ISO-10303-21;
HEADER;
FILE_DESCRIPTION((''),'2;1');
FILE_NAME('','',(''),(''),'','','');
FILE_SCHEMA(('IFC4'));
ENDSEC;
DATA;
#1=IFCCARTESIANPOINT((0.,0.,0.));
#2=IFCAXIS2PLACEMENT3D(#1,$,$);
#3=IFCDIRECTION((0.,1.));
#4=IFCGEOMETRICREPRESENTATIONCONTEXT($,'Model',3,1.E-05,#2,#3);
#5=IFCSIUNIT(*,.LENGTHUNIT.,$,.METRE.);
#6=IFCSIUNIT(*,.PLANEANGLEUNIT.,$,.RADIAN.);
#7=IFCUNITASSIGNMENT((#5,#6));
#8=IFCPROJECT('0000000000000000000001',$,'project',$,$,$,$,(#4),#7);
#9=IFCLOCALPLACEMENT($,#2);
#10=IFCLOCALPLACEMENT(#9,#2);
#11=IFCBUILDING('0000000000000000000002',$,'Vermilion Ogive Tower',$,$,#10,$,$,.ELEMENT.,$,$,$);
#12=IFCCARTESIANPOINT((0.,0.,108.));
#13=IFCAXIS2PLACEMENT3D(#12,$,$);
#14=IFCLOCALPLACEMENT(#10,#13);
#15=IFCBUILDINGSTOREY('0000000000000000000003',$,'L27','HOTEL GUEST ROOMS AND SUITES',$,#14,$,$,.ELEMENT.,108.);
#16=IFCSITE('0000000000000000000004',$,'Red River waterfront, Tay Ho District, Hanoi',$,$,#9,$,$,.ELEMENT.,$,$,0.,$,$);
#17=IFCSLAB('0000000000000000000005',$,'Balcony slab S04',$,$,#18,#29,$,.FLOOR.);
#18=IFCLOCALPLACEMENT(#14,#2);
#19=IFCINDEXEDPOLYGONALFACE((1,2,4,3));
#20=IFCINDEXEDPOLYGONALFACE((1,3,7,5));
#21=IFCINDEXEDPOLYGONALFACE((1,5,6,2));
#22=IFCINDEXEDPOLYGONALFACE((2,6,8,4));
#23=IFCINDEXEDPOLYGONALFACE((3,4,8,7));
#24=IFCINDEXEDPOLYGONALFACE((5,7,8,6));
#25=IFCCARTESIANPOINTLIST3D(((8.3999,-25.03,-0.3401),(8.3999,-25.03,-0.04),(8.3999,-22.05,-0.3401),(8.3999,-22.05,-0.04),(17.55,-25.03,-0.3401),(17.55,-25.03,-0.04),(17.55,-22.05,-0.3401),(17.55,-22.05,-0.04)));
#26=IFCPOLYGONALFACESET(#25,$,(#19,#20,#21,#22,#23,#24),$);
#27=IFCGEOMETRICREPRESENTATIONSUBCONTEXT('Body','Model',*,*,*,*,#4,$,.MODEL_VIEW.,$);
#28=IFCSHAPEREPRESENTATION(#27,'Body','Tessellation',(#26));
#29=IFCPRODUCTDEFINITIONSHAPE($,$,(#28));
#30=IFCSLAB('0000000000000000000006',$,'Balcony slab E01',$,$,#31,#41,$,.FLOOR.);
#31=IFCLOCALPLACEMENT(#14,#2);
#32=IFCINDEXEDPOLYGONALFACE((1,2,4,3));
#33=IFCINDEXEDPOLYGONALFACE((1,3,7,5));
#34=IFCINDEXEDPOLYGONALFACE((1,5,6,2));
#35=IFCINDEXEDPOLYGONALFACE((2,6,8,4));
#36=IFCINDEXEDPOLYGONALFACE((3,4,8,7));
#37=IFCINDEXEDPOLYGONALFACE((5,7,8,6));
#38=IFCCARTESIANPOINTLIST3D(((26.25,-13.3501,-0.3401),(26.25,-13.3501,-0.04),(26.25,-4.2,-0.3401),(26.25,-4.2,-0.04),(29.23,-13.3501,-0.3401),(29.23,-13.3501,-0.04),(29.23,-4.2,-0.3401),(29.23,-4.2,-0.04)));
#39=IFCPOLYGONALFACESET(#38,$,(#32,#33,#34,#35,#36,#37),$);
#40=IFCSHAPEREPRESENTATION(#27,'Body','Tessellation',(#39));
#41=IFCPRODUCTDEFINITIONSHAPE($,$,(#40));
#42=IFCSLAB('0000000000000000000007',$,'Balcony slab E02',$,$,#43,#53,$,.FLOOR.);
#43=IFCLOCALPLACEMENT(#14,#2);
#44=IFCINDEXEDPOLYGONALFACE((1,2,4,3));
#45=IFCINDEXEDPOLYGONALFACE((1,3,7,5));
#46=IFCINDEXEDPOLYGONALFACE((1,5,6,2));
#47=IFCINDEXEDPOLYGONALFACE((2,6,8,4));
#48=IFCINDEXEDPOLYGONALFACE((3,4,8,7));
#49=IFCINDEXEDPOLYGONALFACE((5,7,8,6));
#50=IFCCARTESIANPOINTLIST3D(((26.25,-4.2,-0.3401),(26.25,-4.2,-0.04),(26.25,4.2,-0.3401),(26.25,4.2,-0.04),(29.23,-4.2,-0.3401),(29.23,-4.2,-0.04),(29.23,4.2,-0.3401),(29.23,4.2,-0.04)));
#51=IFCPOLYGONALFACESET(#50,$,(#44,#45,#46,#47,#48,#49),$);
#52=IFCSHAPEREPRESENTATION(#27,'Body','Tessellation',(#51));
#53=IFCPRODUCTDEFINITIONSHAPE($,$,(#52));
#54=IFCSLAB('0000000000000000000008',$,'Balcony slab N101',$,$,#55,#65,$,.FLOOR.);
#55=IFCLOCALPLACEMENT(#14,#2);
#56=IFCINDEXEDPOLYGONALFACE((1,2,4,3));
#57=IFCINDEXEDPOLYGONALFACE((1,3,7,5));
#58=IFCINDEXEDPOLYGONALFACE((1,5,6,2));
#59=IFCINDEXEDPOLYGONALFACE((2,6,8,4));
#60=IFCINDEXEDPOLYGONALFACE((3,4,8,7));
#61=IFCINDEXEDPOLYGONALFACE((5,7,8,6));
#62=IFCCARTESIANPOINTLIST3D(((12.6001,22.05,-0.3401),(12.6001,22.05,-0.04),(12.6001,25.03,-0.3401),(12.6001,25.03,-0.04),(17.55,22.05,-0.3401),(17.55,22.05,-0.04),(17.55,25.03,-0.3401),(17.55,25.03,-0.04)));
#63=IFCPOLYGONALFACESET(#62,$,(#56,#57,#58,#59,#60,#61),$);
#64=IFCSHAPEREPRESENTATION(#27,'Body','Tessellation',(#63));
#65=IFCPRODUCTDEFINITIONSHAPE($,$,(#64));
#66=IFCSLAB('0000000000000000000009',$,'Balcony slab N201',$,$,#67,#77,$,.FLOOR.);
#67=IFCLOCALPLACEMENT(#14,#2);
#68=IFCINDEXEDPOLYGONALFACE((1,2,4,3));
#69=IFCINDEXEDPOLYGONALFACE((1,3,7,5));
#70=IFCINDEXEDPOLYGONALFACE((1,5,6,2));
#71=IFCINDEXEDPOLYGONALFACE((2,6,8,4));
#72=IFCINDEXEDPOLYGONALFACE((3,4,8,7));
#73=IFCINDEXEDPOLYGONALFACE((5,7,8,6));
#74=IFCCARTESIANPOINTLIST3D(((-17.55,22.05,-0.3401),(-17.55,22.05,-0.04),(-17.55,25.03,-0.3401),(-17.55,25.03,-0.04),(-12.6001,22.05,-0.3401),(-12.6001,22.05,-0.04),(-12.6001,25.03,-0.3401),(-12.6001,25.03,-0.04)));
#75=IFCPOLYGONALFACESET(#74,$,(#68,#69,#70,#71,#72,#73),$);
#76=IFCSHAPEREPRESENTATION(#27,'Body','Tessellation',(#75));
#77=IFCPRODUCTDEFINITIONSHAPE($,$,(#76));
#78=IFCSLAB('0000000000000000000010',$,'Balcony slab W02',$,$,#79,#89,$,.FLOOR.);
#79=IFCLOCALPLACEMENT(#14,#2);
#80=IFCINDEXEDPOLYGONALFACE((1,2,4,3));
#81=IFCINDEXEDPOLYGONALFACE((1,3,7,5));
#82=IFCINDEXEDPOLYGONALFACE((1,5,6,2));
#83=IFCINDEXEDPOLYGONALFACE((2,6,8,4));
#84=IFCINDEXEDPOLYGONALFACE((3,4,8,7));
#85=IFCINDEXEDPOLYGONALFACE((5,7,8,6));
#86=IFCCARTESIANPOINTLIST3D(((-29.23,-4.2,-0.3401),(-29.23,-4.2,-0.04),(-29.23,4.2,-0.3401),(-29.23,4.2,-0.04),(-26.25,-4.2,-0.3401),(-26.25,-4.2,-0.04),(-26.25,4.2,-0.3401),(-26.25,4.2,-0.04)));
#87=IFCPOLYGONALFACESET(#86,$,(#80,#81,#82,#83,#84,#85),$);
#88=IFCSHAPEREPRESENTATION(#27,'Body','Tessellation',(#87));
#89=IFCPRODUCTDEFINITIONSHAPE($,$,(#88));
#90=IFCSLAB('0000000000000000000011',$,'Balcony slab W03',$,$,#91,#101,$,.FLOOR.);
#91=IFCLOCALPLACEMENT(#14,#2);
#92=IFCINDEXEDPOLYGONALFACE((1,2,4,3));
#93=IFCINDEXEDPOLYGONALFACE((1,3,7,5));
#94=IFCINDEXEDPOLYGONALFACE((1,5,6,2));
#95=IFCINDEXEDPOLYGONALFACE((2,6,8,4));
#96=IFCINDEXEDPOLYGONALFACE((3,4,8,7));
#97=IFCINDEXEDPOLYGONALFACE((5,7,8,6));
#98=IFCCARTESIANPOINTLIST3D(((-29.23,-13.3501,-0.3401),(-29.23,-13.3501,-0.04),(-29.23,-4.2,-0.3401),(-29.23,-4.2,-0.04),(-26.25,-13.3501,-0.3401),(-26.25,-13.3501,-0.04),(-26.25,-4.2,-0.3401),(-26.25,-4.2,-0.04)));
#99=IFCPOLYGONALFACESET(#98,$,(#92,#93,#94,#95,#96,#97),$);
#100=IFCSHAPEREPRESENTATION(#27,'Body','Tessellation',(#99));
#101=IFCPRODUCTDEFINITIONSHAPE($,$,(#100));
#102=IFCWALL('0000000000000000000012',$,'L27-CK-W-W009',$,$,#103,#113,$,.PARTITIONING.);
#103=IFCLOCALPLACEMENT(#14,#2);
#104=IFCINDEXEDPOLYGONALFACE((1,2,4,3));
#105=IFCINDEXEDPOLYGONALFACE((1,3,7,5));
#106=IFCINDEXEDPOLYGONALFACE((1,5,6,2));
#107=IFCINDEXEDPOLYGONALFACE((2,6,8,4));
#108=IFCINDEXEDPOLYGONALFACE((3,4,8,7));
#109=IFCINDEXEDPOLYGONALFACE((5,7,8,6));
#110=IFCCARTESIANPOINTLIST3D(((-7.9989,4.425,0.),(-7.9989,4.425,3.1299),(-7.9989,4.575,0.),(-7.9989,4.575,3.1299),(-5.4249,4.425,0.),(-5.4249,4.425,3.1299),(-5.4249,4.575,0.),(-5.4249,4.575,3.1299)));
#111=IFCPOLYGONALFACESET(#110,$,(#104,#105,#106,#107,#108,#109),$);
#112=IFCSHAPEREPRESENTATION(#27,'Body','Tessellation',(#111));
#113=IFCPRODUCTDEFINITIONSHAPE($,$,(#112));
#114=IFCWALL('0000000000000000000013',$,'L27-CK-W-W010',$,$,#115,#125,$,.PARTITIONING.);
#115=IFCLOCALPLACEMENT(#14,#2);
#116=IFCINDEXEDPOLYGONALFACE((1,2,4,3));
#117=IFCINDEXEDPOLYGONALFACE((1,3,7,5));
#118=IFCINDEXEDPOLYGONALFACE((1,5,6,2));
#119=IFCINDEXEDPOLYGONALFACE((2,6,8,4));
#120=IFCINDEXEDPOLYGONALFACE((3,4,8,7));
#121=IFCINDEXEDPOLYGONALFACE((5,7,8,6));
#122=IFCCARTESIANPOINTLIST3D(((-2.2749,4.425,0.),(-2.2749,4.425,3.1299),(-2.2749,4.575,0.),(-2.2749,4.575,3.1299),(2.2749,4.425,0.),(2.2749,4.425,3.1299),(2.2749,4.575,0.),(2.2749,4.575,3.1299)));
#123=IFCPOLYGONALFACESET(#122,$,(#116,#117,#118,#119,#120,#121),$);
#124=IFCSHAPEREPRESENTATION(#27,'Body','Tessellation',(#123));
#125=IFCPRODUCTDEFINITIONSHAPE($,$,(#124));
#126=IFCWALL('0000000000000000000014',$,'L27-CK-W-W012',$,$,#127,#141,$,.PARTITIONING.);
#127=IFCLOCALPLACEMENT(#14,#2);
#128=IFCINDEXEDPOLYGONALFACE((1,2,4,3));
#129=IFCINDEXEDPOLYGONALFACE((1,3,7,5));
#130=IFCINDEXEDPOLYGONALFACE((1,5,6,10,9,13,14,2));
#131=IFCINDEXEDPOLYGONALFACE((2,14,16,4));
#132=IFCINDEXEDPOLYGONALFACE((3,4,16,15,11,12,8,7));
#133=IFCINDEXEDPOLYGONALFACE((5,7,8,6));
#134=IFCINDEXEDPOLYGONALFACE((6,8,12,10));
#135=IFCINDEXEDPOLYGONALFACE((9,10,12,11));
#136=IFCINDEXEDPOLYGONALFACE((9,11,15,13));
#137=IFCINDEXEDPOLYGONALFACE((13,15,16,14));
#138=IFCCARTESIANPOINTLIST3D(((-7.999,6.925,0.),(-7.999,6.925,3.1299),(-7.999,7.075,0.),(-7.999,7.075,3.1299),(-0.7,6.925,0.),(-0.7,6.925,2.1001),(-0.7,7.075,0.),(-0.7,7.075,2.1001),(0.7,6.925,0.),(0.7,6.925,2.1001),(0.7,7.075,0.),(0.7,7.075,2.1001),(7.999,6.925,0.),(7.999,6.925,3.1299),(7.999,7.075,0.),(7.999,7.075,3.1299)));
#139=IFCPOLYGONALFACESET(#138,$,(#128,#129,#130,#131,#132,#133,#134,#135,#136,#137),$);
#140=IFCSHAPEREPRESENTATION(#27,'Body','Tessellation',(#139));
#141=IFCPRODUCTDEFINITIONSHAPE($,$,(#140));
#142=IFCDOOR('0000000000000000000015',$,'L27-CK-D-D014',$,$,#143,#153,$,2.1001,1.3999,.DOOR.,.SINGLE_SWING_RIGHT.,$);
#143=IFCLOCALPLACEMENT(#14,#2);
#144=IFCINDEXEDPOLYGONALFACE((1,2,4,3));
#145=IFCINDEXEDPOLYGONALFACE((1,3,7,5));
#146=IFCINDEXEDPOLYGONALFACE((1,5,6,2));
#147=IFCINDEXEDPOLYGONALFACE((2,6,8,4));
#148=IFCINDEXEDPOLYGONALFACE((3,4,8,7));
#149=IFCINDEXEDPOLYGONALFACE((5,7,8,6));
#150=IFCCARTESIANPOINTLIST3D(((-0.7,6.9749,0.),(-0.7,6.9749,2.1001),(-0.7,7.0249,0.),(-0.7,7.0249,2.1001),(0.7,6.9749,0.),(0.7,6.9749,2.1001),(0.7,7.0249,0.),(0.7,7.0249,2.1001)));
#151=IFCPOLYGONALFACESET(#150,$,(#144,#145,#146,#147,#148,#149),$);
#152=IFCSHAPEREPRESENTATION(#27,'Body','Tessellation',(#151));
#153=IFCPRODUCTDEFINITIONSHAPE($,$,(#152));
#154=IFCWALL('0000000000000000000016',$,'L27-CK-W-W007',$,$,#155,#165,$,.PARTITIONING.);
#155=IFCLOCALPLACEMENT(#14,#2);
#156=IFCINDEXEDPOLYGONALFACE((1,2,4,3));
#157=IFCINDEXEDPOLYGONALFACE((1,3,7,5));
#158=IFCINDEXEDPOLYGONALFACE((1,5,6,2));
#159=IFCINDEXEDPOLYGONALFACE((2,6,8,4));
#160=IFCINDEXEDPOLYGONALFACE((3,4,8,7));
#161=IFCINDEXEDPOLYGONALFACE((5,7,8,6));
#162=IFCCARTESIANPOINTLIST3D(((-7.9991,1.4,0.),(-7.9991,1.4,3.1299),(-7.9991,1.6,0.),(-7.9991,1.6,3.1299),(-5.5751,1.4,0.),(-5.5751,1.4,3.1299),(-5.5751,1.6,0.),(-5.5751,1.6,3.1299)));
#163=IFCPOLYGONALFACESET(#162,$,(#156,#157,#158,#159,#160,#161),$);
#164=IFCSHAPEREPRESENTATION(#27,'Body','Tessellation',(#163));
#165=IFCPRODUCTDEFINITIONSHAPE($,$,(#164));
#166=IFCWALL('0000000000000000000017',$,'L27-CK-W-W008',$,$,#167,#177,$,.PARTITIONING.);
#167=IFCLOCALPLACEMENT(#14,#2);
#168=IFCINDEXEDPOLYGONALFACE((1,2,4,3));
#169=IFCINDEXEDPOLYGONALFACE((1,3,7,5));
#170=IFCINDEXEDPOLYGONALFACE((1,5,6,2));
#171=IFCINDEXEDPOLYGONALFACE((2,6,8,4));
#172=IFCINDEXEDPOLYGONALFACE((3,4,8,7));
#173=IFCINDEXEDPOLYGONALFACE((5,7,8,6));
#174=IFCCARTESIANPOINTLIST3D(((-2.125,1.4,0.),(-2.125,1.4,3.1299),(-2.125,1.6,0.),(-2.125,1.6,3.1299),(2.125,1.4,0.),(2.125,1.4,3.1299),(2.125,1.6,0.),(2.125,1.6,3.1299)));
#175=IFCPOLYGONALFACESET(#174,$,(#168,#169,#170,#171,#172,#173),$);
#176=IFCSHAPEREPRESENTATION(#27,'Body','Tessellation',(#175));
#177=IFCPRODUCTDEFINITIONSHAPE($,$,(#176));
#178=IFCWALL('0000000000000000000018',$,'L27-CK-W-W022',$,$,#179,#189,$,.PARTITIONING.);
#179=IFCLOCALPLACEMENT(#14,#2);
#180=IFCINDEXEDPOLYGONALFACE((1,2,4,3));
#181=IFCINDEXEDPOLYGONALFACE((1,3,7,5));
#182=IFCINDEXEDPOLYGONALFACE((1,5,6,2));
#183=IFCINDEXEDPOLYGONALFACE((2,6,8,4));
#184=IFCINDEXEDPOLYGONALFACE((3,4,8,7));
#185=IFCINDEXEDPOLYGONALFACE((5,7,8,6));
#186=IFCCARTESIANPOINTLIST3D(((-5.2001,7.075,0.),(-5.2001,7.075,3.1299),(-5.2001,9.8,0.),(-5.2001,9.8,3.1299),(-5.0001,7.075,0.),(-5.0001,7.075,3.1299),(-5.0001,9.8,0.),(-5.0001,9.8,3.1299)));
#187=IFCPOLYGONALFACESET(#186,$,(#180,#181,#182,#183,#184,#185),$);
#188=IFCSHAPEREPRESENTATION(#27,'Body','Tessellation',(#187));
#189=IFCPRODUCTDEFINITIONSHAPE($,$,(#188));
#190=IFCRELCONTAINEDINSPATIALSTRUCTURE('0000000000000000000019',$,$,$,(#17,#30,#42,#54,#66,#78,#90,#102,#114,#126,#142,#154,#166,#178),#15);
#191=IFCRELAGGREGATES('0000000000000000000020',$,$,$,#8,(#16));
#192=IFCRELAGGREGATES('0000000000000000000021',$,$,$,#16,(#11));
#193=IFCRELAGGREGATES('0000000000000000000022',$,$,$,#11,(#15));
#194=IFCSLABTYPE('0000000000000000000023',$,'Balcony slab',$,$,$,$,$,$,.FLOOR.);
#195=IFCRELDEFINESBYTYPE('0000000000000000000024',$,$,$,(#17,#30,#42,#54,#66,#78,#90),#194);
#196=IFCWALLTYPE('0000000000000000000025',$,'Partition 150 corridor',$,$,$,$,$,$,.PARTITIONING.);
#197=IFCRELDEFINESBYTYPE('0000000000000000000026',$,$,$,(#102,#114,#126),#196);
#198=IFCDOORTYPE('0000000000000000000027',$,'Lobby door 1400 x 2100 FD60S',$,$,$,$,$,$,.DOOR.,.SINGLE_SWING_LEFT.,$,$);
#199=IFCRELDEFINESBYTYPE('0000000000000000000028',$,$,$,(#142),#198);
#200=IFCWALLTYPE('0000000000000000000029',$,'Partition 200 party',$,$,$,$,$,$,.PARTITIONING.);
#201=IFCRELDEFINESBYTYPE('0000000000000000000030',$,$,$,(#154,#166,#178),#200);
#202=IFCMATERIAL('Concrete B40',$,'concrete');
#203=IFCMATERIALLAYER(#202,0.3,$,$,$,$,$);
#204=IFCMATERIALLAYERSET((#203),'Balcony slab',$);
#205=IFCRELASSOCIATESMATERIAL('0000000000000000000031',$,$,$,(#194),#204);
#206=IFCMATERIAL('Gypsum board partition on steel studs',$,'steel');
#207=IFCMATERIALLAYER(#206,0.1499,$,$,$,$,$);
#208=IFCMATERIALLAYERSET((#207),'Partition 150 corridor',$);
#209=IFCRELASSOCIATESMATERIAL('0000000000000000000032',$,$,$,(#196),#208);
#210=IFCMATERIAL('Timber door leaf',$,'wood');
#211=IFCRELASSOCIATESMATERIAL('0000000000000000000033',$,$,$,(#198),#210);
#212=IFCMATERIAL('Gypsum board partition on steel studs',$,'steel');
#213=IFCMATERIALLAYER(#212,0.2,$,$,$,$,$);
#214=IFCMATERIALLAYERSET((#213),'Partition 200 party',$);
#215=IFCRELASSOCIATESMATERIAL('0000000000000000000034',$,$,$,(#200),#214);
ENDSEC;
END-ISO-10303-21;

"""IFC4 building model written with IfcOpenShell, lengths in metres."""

from ifc_helpers import new_model, si_unit, direction, frame, frame_2d, origin, place, context, subcontext, project, spatial, polyline, rectangle, outline, extrude, material, layer, layer_set, type_object, element, fill, save


model = new_model("IFC4")

# Units and contexts
model_context = context("Model", 3, precision=1e-05, world=origin(), true_north=direction((0.0, 1.0)))
body_context = subcontext(model_context, "Body", "Model", "MODEL_VIEW")
ifc_project = project(units=[si_unit("LENGTHUNIT", "METRE"), si_unit("PLANEANGLEUNIT", "RADIAN")], contexts=[model_context])

# Site, building, storey
site_placement = place(None, origin())
site = spatial("IfcSite", under=ifc_project, at=site_placement, Name="Red River waterfront, Tay Ho District, Hanoi", CompositionType="ELEMENT", RefElevation=0.0)
building_placement = place(site_placement, origin())
building = spatial("IfcBuilding", under=site, at=building_placement, Name="Vermilion Ogive Tower", CompositionType="ELEMENT")
storey_placement = place(building_placement, frame((0.0, 0.0, 108.0)))
storey = spatial("IfcBuildingStorey", under=building, at=storey_placement, Name="L27", Description="HOTEL GUEST ROOMS AND SUITES", CompositionType="ELEMENT", Elevation=108.0)

# Slabs
ifc_material_1 = material(Name="Concrete B40", Category="concrete")
ifc_layer_1 = layer(ifc_material_1, 0.3)
ifc_layer_set_1 = layer_set([ifc_layer_1], Name="Balcony slab")
slab_type = type_object("IfcSlabType", Name="Balcony slab", PredefinedType="FLOOR", material=ifc_layer_set_1)
slab_1_placement = place(storey_placement, frame((0.0, 0.0, -0.3401)))
element("IfcSlab", 1, at=slab_1_placement, inside=storey, type_object=slab_type, Name="Balcony slab S04", PredefinedType="FLOOR", context=body_context, shape_type="SweptSolid", body=[
    extrude(outline(polyline([(8.3999, -25.03), (17.55, -25.03), (17.55, -22.05), (8.3999, -22.05), (8.3999, -25.03)])), origin(), (0.0, 0.0, 1.0), 0.3),
])
slab_2_placement = place(storey_placement, frame((0.0, 0.0, -0.3401)))
element("IfcSlab", 2, at=slab_2_placement, inside=storey, type_object=slab_type, Name="Balcony slab E01", PredefinedType="FLOOR", context=body_context, shape_type="SweptSolid", body=[
    extrude(outline(polyline([(29.23, -13.3501), (29.23, -4.2), (26.25, -4.2), (26.25, -13.3501), (29.23, -13.3501)])), origin(), (0.0, 0.0, 1.0), 0.3),
])
slab_3_placement = place(storey_placement, frame((0.0, 0.0, -0.3401)))
element("IfcSlab", 3, at=slab_3_placement, inside=storey, type_object=slab_type, Name="Balcony slab E02", PredefinedType="FLOOR", context=body_context, shape_type="SweptSolid", body=[
    extrude(outline(polyline([(29.23, -4.2), (29.23, 4.2), (26.25, 4.2), (26.25, -4.2), (29.23, -4.2)])), origin(), (0.0, 0.0, 1.0), 0.3),
])
slab_4_placement = place(storey_placement, frame((0.0, 0.0, -0.3401)))
element("IfcSlab", 4, at=slab_4_placement, inside=storey, type_object=slab_type, Name="Balcony slab N101", PredefinedType="FLOOR", context=body_context, shape_type="SweptSolid", body=[
    extrude(outline(polyline([(17.55, 25.03), (12.6001, 25.03), (12.6001, 22.05), (17.55, 22.05), (17.55, 25.03)])), origin(), (0.0, 0.0, 1.0), 0.3),
])
slab_5_placement = place(storey_placement, frame((0.0, 0.0, -0.3401)))
element("IfcSlab", 5, at=slab_5_placement, inside=storey, type_object=slab_type, Name="Balcony slab N201", PredefinedType="FLOOR", context=body_context, shape_type="SweptSolid", body=[
    extrude(outline(polyline([(-12.6001, 25.03), (-17.55, 25.03), (-17.55, 22.05), (-12.6001, 22.05), (-12.6001, 25.03)])), origin(), (0.0, 0.0, 1.0), 0.3),
])
slab_6_placement = place(storey_placement, frame((0.0, 0.0, -0.3401)))
element("IfcSlab", 6, at=slab_6_placement, inside=storey, type_object=slab_type, Name="Balcony slab W02", PredefinedType="FLOOR", context=body_context, shape_type="SweptSolid", body=[
    extrude(outline(polyline([(-29.23, 4.2), (-29.23, -4.2), (-26.25, -4.2), (-26.25, 4.2), (-29.23, 4.2)])), origin(), (0.0, 0.0, 1.0), 0.3),
])
slab_7_placement = place(storey_placement, frame((0.0, 0.0, -0.3401)))
element("IfcSlab", 7, at=slab_7_placement, inside=storey, type_object=slab_type, Name="Balcony slab W03", PredefinedType="FLOOR", context=body_context, shape_type="SweptSolid", body=[
    extrude(outline(polyline([(-29.23, -4.2), (-29.23, -13.3501), (-26.25, -13.3501), (-26.25, -4.2), (-29.23, -4.2)])), origin(), (0.0, 0.0, 1.0), 0.3),
])

# Walls
ifc_material_2 = material(Name="Gypsum board partition on steel studs", Category="steel")
ifc_layer_2 = layer(ifc_material_2, 0.1499)
ifc_layer_set_2 = layer_set([ifc_layer_2], Name="Partition 150 corridor")
wall_type_1 = type_object("IfcWallType", Name="Partition 150 corridor", PredefinedType="PARTITIONING", material=ifc_layer_set_2)
wall_1_placement = place(storey_placement, frame((-7.999, 4.5, 0.0), z_axis=(0.0, 0.0, 1.0), x_axis=(1.0, 0.0, 0.0)))
element("IfcWall", 8, at=wall_1_placement, inside=storey, type_object=wall_type_1, Name="L27-CK-W-W009", PredefinedType="PARTITIONING", context=body_context, shape_type="SweptSolid", body=[
    extrude(rectangle(XDim=2.574, YDim=0.1499, at=frame_2d((1.2871, 0.0))), origin(), (0.0, 0.0, 1.0), 3.1299),
])
wall_2_placement = place(storey_placement, frame((-2.2749, 4.5, 0.0), z_axis=(0.0, 0.0, 1.0), x_axis=(1.0, 0.0, 0.0)))
element("IfcWall", 9, at=wall_2_placement, inside=storey, type_object=wall_type_1, Name="L27-CK-W-W010", PredefinedType="PARTITIONING", context=body_context, shape_type="SweptSolid", body=[
    extrude(rectangle(XDim=4.5498, YDim=0.1499, at=frame_2d((2.2749, 0.0))), origin(), (0.0, 0.0, 1.0), 3.1299),
])

# Wall, opening, door
wall_3_placement = place(storey_placement, frame((-7.999, 7.0, 0.0), z_axis=(0.0, 0.0, 1.0), x_axis=(1.0, 0.0, 0.0)))
wall_3 = element("IfcWall", 10, at=wall_3_placement, inside=storey, type_object=wall_type_1, Name="L27-CK-W-W012", PredefinedType="PARTITIONING", context=body_context, shape_type="SweptSolid", body=[
    extrude(rectangle(XDim=15.998, YDim=0.1499, at=frame_2d((7.999, 0.0))), origin(), (0.0, 0.0, 1.0), 3.1299),
])
opening_placement = place(wall_3_placement, frame((7.2991, 0.0, 0.0)))
opening = element("IfcOpeningElement", 11, at=opening_placement, cuts=wall_3, PredefinedType="OPENING", context=body_context, shape_type="SweptSolid", body=[
    extrude(rectangle(XDim=1.3999, YDim=2.1001, at=frame_2d((0.7, 1.05))), frame((0.0, 0.085, 0.0), z_axis=(0.0, -1.0, 0.0), x_axis=(1.0, 0.0, 0.0)), (0.0, 0.0, 1.0), 0.1699),
])
ifc_material_3 = material(Name="Timber door leaf", Category="wood")
door_type = type_object("IfcDoorType", Name="Lobby door 1400 x 2100 FD60S", OperationType="SINGLE_SWING_LEFT", PredefinedType="DOOR", material=ifc_material_3)
door_placement = place(opening_placement, origin())
door = element("IfcDoor", 12, at=door_placement, inside=storey, type_object=door_type, Name="L27-CK-D-D014", OperationType="SINGLE_SWING_RIGHT", OverallHeight=2.1001, OverallWidth=1.3999, PredefinedType="DOOR", context=body_context, shape_type="SweptSolid", body=[
    extrude(rectangle(XDim=1.3999, YDim=2.1001, at=frame_2d((0.7, 1.05))), frame((0.0, 0.0249, 0.0), z_axis=(0.0, -1.0, 0.0), x_axis=(1.0, 0.0, 0.0)), (0.0, 0.0, 1.0), 0.05),
])
fill(opening, door)

# Walls
ifc_material_4 = material(Name="Gypsum board partition on steel studs", Category="steel")
ifc_layer_3 = layer(ifc_material_4, 0.2)
ifc_layer_set_3 = layer_set([ifc_layer_3], Name="Partition 200 party")
wall_type_2 = type_object("IfcWallType", Name="Partition 200 party", PredefinedType="PARTITIONING", material=ifc_layer_set_3)
wall_4_placement = place(storey_placement, frame((-7.999, 1.5, 0.0), z_axis=(0.0, 0.0, 1.0), x_axis=(1.0, 0.0, 0.0)))
element("IfcWall", 13, at=wall_4_placement, inside=storey, type_object=wall_type_2, Name="L27-CK-W-W007", PredefinedType="PARTITIONING", context=body_context, shape_type="SweptSolid", body=[
    extrude(rectangle(XDim=2.4241, YDim=0.2, at=frame_2d((1.2119, 0.0))), origin(), (0.0, 0.0, 1.0), 3.1299),
])
wall_5_placement = place(storey_placement, frame((-2.125, 1.5, 0.0), z_axis=(0.0, 0.0, 1.0), x_axis=(1.0, 0.0, 0.0)))
element("IfcWall", 14, at=wall_5_placement, inside=storey, type_object=wall_type_2, Name="L27-CK-W-W008", PredefinedType="PARTITIONING", context=body_context, shape_type="SweptSolid", body=[
    extrude(rectangle(XDim=4.25, YDim=0.2, at=frame_2d((2.125, 0.0))), origin(), (0.0, 0.0, 1.0), 3.1299),
])
wall_6_placement = place(storey_placement, frame((-5.1001, 7.075, 0.0), z_axis=(0.0, 0.0, 1.0), x_axis=(0.0, 1.0, 0.0)))
element("IfcWall", 15, at=wall_6_placement, inside=storey, type_object=wall_type_2, Name="L27-CK-W-W022", PredefinedType="PARTITIONING", context=body_context, shape_type="SweptSolid", body=[
    extrude(rectangle(XDim=2.7251, YDim=0.2, at=frame_2d((1.3625, 0.0))), origin(), (0.0, 0.0, 1.0), 3.1299),
])

save(model, "model.ifc")
